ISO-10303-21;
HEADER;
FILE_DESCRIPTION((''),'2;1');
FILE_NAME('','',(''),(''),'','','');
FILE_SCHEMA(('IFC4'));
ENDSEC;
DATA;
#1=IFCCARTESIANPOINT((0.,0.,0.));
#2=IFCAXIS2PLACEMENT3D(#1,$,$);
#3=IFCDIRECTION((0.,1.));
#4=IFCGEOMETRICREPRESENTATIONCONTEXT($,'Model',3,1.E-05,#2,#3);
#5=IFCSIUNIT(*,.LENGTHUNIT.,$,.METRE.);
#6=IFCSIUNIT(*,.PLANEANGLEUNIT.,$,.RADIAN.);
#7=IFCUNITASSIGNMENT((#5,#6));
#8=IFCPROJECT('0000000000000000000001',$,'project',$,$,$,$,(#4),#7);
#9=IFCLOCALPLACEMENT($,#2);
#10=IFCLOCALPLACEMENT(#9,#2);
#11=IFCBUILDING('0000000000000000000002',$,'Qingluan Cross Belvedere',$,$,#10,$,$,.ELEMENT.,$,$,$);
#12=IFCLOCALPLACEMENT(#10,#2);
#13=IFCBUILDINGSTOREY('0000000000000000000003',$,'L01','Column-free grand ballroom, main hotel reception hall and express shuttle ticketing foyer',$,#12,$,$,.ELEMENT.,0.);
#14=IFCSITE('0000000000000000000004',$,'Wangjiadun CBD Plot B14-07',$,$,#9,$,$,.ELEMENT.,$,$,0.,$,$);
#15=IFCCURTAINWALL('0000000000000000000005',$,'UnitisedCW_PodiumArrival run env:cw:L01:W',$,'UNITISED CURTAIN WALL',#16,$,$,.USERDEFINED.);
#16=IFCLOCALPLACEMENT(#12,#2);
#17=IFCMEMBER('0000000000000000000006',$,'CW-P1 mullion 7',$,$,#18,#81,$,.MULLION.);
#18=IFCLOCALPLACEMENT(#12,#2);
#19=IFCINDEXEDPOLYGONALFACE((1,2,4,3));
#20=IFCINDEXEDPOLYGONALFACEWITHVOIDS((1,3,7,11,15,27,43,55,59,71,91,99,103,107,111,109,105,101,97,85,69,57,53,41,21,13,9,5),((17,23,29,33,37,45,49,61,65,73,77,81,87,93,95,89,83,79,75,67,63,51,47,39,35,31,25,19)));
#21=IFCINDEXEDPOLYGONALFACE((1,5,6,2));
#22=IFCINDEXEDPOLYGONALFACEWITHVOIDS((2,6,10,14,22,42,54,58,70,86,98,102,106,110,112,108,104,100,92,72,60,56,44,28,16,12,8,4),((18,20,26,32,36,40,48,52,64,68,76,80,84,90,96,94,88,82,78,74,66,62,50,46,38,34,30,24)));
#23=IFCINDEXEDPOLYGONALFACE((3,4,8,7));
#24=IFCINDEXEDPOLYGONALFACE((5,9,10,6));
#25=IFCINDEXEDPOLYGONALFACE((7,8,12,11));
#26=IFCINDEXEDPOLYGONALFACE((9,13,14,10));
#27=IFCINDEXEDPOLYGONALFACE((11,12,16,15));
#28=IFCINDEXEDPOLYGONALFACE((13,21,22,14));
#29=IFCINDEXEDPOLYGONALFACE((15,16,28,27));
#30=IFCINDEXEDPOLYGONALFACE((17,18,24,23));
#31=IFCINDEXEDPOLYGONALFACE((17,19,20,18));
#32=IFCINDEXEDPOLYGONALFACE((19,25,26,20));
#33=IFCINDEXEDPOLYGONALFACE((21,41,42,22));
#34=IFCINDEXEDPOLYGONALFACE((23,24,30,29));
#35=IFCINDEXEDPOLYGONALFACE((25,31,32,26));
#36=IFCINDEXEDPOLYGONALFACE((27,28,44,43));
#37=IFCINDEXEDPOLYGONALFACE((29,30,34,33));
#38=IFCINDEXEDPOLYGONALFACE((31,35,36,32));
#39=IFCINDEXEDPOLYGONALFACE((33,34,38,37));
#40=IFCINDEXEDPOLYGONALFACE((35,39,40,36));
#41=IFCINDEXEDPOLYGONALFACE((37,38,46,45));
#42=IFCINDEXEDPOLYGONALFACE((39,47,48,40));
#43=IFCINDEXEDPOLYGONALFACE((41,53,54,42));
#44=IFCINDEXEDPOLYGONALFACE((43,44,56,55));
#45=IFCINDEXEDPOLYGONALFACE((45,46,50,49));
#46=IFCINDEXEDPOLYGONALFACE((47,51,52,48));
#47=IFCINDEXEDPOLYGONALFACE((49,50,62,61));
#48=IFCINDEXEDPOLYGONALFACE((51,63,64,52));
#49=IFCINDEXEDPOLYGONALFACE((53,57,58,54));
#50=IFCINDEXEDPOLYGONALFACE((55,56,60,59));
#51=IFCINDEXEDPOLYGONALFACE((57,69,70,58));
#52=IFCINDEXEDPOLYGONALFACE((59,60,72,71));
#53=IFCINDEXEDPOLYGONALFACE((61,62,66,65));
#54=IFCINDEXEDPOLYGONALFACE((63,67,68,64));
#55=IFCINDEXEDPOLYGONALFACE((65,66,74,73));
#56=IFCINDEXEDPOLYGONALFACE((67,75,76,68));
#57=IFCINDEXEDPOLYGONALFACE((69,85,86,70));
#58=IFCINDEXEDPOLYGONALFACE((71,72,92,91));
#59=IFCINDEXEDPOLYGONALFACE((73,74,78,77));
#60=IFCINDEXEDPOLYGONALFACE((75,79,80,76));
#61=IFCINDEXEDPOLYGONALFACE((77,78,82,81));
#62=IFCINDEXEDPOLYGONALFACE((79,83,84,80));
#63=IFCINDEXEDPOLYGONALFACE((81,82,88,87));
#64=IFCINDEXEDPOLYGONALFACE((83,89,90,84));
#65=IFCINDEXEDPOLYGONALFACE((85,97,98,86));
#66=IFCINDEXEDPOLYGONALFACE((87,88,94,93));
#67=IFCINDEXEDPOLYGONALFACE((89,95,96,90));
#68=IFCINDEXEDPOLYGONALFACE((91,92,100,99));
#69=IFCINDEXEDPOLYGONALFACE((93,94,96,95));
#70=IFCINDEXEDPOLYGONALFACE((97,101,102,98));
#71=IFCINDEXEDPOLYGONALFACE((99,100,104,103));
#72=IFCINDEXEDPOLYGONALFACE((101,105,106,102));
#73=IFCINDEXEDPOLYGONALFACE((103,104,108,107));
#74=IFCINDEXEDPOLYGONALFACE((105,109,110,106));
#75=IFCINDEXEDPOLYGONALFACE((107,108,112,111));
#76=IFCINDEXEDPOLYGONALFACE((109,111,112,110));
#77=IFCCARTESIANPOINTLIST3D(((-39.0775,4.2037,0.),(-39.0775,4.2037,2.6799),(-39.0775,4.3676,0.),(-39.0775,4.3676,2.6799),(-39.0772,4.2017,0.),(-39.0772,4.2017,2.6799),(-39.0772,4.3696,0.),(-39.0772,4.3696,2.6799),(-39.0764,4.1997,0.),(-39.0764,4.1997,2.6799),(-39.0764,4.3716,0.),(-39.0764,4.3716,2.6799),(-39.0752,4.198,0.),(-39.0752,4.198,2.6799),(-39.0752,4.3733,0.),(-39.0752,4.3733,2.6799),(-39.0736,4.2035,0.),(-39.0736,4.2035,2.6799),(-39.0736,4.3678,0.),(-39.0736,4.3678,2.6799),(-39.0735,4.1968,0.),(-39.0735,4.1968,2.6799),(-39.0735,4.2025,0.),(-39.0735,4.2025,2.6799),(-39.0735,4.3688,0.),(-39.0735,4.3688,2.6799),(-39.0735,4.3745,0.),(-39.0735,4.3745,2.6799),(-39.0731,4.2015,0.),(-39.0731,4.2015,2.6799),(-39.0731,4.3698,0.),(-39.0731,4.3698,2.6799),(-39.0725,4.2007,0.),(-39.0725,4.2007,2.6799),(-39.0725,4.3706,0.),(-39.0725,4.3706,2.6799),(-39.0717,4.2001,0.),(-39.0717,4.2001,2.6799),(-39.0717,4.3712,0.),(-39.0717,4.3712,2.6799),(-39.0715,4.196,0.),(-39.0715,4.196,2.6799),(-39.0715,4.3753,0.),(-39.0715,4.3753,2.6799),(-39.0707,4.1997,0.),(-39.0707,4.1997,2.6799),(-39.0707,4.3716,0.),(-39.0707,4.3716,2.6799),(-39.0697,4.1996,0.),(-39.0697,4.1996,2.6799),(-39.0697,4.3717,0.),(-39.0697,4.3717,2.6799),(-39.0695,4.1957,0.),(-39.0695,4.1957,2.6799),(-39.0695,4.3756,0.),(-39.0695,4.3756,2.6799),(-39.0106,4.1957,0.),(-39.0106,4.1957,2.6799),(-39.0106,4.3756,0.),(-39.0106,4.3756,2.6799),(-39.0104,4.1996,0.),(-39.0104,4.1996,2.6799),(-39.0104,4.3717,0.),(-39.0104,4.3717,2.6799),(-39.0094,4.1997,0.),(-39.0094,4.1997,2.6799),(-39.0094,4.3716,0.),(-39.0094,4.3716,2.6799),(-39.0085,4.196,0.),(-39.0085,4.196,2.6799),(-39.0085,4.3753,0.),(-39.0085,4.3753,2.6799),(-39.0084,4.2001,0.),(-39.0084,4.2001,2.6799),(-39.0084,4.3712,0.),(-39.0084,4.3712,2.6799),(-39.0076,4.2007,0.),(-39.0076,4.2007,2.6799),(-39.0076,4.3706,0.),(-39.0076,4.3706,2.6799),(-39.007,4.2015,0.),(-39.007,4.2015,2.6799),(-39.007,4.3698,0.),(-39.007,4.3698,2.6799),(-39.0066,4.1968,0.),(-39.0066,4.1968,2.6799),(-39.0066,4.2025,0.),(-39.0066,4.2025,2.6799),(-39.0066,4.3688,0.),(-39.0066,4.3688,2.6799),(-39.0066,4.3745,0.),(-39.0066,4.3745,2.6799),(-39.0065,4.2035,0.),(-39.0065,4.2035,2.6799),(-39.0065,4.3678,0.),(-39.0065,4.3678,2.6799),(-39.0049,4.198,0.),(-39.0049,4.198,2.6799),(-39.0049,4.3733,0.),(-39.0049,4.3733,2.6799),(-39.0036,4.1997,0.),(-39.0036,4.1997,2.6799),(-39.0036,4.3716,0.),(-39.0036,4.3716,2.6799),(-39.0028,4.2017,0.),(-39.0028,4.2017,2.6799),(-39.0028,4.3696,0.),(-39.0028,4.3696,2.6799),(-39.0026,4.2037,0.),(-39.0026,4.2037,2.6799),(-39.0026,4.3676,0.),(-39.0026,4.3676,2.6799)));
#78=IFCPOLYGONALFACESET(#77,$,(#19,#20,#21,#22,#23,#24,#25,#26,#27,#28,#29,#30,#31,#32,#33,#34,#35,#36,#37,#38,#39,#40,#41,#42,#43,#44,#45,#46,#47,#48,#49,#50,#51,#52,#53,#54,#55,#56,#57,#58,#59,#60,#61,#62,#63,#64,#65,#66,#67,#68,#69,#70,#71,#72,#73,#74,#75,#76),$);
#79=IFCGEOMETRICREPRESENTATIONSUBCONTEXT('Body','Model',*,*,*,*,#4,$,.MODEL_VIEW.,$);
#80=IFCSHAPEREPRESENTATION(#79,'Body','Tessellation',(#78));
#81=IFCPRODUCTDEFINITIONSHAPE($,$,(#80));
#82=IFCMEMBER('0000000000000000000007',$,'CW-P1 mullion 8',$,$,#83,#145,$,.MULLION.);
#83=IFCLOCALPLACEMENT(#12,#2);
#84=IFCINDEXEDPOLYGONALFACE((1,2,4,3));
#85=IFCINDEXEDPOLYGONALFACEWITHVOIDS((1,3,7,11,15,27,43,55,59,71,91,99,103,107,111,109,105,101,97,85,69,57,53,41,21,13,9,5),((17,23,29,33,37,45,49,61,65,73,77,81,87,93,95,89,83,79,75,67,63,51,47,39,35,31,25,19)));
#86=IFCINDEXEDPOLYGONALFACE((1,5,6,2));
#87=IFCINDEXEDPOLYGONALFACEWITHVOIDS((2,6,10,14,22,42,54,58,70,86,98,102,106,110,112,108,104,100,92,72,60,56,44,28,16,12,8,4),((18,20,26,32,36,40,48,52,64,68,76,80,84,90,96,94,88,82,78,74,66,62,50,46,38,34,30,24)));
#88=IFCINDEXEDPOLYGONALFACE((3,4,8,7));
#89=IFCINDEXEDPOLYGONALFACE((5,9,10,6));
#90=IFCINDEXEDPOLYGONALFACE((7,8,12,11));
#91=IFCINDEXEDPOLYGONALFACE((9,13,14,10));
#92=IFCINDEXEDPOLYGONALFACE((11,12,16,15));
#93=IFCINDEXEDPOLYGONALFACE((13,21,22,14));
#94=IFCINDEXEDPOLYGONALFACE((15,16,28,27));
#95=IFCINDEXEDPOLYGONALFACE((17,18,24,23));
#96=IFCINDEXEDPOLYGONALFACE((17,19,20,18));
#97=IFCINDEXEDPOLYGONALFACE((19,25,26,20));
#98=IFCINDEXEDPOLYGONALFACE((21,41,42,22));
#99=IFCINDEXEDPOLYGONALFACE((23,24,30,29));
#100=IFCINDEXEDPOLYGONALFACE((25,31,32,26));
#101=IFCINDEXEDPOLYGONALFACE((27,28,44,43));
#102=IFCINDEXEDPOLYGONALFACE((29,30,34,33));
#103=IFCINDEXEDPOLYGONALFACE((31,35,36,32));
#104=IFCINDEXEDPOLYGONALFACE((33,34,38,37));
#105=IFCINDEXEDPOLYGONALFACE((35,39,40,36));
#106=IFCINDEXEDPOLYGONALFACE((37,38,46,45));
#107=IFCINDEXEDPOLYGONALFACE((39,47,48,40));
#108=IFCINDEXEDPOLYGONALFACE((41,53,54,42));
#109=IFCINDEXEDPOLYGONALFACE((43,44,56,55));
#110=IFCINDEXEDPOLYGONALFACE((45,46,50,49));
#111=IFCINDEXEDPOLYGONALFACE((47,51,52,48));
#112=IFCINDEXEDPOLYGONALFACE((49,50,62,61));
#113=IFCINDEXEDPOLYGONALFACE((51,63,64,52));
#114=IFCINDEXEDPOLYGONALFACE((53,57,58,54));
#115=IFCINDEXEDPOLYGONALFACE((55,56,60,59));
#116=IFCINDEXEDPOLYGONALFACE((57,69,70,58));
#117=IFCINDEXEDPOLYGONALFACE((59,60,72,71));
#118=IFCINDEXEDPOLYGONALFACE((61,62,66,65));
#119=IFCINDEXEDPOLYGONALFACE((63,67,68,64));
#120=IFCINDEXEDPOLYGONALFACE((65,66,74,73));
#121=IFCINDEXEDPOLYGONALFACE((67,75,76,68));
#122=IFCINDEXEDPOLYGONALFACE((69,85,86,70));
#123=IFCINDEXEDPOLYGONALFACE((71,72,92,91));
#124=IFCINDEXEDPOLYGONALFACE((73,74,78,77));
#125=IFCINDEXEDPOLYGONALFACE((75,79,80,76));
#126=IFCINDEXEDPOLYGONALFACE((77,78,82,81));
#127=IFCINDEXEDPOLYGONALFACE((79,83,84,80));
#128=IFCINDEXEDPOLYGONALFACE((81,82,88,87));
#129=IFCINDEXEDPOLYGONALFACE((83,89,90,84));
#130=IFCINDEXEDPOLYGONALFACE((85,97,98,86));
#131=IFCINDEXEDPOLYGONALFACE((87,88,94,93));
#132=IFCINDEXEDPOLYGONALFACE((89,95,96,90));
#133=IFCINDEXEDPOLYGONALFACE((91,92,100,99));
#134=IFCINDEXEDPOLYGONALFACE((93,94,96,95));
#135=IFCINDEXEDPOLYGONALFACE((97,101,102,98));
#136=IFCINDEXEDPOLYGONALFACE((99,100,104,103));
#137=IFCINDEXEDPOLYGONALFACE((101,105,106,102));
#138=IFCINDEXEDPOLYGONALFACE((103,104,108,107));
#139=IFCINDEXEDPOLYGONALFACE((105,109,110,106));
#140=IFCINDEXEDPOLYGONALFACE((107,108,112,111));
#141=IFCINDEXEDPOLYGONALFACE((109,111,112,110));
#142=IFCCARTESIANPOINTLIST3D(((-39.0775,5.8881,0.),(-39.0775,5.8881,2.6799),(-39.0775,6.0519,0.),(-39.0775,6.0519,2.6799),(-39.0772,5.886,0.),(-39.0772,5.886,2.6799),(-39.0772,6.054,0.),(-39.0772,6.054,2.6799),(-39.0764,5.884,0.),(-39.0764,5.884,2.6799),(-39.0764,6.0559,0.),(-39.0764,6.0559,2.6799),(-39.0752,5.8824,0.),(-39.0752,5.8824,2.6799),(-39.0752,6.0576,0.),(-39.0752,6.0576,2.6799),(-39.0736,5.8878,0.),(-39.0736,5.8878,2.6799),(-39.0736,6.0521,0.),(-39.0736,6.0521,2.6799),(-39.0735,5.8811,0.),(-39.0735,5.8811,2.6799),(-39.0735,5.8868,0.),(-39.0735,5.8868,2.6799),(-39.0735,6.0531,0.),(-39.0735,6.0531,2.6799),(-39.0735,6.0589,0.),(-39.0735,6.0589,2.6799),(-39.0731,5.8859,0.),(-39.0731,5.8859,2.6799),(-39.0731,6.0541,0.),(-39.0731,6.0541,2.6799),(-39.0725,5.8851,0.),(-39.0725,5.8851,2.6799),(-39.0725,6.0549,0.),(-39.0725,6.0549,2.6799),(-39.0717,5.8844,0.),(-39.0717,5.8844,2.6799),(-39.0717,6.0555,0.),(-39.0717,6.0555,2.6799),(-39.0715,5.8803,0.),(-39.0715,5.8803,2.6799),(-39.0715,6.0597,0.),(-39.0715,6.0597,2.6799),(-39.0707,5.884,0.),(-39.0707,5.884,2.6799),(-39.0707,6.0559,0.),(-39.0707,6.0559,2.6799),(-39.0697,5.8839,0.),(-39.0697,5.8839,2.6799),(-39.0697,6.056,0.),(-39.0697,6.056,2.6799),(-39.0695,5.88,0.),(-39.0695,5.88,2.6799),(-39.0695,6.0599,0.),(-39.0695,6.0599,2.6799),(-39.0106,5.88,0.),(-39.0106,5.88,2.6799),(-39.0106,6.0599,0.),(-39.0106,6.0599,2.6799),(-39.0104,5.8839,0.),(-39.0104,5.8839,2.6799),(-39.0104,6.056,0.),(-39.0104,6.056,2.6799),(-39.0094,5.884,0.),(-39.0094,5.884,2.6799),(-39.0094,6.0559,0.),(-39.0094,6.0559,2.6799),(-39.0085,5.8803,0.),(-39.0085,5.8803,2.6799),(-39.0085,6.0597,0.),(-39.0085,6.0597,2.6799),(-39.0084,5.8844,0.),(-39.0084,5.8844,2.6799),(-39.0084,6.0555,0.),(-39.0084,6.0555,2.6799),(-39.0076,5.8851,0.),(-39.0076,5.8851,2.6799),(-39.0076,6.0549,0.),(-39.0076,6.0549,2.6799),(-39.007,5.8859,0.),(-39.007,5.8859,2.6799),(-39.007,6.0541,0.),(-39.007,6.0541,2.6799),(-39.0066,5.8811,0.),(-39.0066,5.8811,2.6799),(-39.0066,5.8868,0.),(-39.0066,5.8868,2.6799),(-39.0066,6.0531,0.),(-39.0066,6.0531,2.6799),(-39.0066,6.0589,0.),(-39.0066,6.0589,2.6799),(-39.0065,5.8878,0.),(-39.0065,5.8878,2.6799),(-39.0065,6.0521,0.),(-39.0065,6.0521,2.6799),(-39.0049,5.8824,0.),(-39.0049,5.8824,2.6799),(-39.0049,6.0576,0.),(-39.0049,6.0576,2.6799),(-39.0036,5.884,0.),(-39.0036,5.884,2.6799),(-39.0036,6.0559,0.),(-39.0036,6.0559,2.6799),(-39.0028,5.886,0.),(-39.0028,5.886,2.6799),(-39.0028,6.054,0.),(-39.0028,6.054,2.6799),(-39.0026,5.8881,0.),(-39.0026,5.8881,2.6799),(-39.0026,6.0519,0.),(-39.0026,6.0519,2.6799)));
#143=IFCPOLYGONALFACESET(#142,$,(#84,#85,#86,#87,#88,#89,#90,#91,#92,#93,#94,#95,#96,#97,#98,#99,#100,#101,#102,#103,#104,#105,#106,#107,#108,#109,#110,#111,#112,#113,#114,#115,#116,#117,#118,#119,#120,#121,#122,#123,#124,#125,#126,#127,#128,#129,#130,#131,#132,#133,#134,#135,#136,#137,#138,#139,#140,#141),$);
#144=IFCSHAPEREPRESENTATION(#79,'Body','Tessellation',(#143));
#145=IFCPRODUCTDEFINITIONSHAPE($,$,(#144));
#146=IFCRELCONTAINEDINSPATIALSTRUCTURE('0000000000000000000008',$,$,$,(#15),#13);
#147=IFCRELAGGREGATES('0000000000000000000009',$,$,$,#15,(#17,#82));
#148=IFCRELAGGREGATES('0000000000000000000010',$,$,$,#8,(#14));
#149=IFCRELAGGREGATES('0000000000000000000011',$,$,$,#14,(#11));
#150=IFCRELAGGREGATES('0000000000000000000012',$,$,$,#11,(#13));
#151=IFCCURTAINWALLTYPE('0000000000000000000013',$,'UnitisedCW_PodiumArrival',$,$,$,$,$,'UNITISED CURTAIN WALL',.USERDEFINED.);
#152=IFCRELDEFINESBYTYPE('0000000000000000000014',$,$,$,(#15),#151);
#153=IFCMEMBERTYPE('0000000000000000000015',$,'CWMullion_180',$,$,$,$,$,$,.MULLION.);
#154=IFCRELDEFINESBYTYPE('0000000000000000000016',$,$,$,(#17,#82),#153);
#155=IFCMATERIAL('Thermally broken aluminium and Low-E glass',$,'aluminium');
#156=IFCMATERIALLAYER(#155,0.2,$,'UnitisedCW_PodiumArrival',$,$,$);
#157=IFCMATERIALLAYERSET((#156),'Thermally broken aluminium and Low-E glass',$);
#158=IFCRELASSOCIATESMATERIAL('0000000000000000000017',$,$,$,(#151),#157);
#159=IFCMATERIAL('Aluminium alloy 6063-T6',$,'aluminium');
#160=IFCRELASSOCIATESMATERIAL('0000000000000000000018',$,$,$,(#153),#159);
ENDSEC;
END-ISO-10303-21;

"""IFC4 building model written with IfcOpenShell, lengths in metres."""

from ifc_helpers import new_model, si_unit, direction, frame, origin, origin_2d, place, context, subcontext, project, spatial, hollow_rectangle, extrude, material, layer, layer_set, material_profile, profile_set, type_object, element, aggregate, save


model = new_model("IFC4")

# Units and contexts
model_context = context("Model", 3, precision=1e-05, world=origin(), true_north=direction((0.0, 1.0)))
body_context = subcontext(model_context, "Body", "Model", "MODEL_VIEW")
ifc_project = project(units=[si_unit("LENGTHUNIT", "METRE"), si_unit("PLANEANGLEUNIT", "RADIAN")], contexts=[model_context])

# Site, building, storey
site_placement = place(None, origin())
site = spatial("IfcSite", under=ifc_project, at=site_placement, Name="Wangjiadun CBD Plot B14-07", CompositionType="ELEMENT", RefElevation=0.0)
building_placement = place(site_placement, origin())
building = spatial("IfcBuilding", under=site, at=building_placement, Name="Qingluan Cross Belvedere", CompositionType="ELEMENT")
storey_placement = place(building_placement, origin())
storey = spatial("IfcBuildingStorey", under=building, at=storey_placement, Name="L01", Description="Column-free grand ballroom, main hotel reception hall and express shuttle ticketing foyer", CompositionType="ELEMENT", Elevation=0.0)

# Curtain wall, members
ifc_material_1 = material(Name="Thermally broken aluminium and Low-E glass", Category="aluminium")
ifc_layer_1 = layer(ifc_material_1, 0.2, Name="UnitisedCW_PodiumArrival")
ifc_layer_set_1 = layer_set([ifc_layer_1], Name="Thermally broken aluminium and Low-E glass")
curtain_wall_type = type_object("IfcCurtainWallType", Name="UnitisedCW_PodiumArrival", ElementType="UNITISED CURTAIN WALL", PredefinedType="USERDEFINED", material=ifc_layer_set_1)
curtain_wall_placement = place(storey_placement, origin())
curtain_wall = element("IfcCurtainWall", 1, at=curtain_wall_placement, inside=storey, type_object=curtain_wall_type, Name="UnitisedCW_PodiumArrival run env:cw:L01:W", ObjectType="UNITISED CURTAIN WALL", PredefinedType="USERDEFINED")
ifc_material_2 = material(Name="Aluminium alloy 6063-T6", Category="aluminium")
ifc_material_profile_1 = material_profile(ifc_material_2, hollow_rectangle(XDim=0.075, YDim=0.1799, WallThickness=0.0039, InnerFilletRadius=0.0039, OuterFilletRadius=0.0081, at=origin_2d()), Name="CWM180x75x4")
ifc_profile_set_1 = profile_set([ifc_material_profile_1], Name="Aluminium alloy 6063-T6")
member_type_1 = type_object("IfcMemberType", Name="CWMullion_180", PredefinedType="MULLION", material=ifc_profile_set_1)
member_1_placement = place(storey_placement, frame((-39.04, 4.2856, 0.0), z_axis=(0.0, 0.0, 1.0), x_axis=(-1.0, 0.0, 0.0)))
member_1 = element("IfcMember", 2, at=member_1_placement, type_object=member_type_1, Name="CW-P1 mullion 7", PredefinedType="MULLION", context=body_context, shape_type="SweptSolid", body=[
    extrude(hollow_rectangle(XDim=0.075, YDim=0.1799, WallThickness=0.0039, InnerFilletRadius=0.0039, OuterFilletRadius=0.0081, at=origin_2d()), origin(), (0.0, 0.0, 1.0), 2.6799),
])
member_2_placement = place(storey_placement, frame((-39.04, 5.97, 0.0), z_axis=(0.0, 0.0, 1.0), x_axis=(-1.0, 0.0, 0.0)))
member_2 = element("IfcMember", 3, at=member_2_placement, type_object=member_type_1, Name="CW-P1 mullion 8", PredefinedType="MULLION", context=body_context, shape_type="SweptSolid", body=[
    extrude(hollow_rectangle(XDim=0.075, YDim=0.1799, WallThickness=0.0039, InnerFilletRadius=0.0039, OuterFilletRadius=0.0081, at=origin_2d()), origin(), (0.0, 0.0, 1.0), 2.6799),
])

aggregate(curtain_wall, [member_1, member_2])

save(model, "model.ifc")
